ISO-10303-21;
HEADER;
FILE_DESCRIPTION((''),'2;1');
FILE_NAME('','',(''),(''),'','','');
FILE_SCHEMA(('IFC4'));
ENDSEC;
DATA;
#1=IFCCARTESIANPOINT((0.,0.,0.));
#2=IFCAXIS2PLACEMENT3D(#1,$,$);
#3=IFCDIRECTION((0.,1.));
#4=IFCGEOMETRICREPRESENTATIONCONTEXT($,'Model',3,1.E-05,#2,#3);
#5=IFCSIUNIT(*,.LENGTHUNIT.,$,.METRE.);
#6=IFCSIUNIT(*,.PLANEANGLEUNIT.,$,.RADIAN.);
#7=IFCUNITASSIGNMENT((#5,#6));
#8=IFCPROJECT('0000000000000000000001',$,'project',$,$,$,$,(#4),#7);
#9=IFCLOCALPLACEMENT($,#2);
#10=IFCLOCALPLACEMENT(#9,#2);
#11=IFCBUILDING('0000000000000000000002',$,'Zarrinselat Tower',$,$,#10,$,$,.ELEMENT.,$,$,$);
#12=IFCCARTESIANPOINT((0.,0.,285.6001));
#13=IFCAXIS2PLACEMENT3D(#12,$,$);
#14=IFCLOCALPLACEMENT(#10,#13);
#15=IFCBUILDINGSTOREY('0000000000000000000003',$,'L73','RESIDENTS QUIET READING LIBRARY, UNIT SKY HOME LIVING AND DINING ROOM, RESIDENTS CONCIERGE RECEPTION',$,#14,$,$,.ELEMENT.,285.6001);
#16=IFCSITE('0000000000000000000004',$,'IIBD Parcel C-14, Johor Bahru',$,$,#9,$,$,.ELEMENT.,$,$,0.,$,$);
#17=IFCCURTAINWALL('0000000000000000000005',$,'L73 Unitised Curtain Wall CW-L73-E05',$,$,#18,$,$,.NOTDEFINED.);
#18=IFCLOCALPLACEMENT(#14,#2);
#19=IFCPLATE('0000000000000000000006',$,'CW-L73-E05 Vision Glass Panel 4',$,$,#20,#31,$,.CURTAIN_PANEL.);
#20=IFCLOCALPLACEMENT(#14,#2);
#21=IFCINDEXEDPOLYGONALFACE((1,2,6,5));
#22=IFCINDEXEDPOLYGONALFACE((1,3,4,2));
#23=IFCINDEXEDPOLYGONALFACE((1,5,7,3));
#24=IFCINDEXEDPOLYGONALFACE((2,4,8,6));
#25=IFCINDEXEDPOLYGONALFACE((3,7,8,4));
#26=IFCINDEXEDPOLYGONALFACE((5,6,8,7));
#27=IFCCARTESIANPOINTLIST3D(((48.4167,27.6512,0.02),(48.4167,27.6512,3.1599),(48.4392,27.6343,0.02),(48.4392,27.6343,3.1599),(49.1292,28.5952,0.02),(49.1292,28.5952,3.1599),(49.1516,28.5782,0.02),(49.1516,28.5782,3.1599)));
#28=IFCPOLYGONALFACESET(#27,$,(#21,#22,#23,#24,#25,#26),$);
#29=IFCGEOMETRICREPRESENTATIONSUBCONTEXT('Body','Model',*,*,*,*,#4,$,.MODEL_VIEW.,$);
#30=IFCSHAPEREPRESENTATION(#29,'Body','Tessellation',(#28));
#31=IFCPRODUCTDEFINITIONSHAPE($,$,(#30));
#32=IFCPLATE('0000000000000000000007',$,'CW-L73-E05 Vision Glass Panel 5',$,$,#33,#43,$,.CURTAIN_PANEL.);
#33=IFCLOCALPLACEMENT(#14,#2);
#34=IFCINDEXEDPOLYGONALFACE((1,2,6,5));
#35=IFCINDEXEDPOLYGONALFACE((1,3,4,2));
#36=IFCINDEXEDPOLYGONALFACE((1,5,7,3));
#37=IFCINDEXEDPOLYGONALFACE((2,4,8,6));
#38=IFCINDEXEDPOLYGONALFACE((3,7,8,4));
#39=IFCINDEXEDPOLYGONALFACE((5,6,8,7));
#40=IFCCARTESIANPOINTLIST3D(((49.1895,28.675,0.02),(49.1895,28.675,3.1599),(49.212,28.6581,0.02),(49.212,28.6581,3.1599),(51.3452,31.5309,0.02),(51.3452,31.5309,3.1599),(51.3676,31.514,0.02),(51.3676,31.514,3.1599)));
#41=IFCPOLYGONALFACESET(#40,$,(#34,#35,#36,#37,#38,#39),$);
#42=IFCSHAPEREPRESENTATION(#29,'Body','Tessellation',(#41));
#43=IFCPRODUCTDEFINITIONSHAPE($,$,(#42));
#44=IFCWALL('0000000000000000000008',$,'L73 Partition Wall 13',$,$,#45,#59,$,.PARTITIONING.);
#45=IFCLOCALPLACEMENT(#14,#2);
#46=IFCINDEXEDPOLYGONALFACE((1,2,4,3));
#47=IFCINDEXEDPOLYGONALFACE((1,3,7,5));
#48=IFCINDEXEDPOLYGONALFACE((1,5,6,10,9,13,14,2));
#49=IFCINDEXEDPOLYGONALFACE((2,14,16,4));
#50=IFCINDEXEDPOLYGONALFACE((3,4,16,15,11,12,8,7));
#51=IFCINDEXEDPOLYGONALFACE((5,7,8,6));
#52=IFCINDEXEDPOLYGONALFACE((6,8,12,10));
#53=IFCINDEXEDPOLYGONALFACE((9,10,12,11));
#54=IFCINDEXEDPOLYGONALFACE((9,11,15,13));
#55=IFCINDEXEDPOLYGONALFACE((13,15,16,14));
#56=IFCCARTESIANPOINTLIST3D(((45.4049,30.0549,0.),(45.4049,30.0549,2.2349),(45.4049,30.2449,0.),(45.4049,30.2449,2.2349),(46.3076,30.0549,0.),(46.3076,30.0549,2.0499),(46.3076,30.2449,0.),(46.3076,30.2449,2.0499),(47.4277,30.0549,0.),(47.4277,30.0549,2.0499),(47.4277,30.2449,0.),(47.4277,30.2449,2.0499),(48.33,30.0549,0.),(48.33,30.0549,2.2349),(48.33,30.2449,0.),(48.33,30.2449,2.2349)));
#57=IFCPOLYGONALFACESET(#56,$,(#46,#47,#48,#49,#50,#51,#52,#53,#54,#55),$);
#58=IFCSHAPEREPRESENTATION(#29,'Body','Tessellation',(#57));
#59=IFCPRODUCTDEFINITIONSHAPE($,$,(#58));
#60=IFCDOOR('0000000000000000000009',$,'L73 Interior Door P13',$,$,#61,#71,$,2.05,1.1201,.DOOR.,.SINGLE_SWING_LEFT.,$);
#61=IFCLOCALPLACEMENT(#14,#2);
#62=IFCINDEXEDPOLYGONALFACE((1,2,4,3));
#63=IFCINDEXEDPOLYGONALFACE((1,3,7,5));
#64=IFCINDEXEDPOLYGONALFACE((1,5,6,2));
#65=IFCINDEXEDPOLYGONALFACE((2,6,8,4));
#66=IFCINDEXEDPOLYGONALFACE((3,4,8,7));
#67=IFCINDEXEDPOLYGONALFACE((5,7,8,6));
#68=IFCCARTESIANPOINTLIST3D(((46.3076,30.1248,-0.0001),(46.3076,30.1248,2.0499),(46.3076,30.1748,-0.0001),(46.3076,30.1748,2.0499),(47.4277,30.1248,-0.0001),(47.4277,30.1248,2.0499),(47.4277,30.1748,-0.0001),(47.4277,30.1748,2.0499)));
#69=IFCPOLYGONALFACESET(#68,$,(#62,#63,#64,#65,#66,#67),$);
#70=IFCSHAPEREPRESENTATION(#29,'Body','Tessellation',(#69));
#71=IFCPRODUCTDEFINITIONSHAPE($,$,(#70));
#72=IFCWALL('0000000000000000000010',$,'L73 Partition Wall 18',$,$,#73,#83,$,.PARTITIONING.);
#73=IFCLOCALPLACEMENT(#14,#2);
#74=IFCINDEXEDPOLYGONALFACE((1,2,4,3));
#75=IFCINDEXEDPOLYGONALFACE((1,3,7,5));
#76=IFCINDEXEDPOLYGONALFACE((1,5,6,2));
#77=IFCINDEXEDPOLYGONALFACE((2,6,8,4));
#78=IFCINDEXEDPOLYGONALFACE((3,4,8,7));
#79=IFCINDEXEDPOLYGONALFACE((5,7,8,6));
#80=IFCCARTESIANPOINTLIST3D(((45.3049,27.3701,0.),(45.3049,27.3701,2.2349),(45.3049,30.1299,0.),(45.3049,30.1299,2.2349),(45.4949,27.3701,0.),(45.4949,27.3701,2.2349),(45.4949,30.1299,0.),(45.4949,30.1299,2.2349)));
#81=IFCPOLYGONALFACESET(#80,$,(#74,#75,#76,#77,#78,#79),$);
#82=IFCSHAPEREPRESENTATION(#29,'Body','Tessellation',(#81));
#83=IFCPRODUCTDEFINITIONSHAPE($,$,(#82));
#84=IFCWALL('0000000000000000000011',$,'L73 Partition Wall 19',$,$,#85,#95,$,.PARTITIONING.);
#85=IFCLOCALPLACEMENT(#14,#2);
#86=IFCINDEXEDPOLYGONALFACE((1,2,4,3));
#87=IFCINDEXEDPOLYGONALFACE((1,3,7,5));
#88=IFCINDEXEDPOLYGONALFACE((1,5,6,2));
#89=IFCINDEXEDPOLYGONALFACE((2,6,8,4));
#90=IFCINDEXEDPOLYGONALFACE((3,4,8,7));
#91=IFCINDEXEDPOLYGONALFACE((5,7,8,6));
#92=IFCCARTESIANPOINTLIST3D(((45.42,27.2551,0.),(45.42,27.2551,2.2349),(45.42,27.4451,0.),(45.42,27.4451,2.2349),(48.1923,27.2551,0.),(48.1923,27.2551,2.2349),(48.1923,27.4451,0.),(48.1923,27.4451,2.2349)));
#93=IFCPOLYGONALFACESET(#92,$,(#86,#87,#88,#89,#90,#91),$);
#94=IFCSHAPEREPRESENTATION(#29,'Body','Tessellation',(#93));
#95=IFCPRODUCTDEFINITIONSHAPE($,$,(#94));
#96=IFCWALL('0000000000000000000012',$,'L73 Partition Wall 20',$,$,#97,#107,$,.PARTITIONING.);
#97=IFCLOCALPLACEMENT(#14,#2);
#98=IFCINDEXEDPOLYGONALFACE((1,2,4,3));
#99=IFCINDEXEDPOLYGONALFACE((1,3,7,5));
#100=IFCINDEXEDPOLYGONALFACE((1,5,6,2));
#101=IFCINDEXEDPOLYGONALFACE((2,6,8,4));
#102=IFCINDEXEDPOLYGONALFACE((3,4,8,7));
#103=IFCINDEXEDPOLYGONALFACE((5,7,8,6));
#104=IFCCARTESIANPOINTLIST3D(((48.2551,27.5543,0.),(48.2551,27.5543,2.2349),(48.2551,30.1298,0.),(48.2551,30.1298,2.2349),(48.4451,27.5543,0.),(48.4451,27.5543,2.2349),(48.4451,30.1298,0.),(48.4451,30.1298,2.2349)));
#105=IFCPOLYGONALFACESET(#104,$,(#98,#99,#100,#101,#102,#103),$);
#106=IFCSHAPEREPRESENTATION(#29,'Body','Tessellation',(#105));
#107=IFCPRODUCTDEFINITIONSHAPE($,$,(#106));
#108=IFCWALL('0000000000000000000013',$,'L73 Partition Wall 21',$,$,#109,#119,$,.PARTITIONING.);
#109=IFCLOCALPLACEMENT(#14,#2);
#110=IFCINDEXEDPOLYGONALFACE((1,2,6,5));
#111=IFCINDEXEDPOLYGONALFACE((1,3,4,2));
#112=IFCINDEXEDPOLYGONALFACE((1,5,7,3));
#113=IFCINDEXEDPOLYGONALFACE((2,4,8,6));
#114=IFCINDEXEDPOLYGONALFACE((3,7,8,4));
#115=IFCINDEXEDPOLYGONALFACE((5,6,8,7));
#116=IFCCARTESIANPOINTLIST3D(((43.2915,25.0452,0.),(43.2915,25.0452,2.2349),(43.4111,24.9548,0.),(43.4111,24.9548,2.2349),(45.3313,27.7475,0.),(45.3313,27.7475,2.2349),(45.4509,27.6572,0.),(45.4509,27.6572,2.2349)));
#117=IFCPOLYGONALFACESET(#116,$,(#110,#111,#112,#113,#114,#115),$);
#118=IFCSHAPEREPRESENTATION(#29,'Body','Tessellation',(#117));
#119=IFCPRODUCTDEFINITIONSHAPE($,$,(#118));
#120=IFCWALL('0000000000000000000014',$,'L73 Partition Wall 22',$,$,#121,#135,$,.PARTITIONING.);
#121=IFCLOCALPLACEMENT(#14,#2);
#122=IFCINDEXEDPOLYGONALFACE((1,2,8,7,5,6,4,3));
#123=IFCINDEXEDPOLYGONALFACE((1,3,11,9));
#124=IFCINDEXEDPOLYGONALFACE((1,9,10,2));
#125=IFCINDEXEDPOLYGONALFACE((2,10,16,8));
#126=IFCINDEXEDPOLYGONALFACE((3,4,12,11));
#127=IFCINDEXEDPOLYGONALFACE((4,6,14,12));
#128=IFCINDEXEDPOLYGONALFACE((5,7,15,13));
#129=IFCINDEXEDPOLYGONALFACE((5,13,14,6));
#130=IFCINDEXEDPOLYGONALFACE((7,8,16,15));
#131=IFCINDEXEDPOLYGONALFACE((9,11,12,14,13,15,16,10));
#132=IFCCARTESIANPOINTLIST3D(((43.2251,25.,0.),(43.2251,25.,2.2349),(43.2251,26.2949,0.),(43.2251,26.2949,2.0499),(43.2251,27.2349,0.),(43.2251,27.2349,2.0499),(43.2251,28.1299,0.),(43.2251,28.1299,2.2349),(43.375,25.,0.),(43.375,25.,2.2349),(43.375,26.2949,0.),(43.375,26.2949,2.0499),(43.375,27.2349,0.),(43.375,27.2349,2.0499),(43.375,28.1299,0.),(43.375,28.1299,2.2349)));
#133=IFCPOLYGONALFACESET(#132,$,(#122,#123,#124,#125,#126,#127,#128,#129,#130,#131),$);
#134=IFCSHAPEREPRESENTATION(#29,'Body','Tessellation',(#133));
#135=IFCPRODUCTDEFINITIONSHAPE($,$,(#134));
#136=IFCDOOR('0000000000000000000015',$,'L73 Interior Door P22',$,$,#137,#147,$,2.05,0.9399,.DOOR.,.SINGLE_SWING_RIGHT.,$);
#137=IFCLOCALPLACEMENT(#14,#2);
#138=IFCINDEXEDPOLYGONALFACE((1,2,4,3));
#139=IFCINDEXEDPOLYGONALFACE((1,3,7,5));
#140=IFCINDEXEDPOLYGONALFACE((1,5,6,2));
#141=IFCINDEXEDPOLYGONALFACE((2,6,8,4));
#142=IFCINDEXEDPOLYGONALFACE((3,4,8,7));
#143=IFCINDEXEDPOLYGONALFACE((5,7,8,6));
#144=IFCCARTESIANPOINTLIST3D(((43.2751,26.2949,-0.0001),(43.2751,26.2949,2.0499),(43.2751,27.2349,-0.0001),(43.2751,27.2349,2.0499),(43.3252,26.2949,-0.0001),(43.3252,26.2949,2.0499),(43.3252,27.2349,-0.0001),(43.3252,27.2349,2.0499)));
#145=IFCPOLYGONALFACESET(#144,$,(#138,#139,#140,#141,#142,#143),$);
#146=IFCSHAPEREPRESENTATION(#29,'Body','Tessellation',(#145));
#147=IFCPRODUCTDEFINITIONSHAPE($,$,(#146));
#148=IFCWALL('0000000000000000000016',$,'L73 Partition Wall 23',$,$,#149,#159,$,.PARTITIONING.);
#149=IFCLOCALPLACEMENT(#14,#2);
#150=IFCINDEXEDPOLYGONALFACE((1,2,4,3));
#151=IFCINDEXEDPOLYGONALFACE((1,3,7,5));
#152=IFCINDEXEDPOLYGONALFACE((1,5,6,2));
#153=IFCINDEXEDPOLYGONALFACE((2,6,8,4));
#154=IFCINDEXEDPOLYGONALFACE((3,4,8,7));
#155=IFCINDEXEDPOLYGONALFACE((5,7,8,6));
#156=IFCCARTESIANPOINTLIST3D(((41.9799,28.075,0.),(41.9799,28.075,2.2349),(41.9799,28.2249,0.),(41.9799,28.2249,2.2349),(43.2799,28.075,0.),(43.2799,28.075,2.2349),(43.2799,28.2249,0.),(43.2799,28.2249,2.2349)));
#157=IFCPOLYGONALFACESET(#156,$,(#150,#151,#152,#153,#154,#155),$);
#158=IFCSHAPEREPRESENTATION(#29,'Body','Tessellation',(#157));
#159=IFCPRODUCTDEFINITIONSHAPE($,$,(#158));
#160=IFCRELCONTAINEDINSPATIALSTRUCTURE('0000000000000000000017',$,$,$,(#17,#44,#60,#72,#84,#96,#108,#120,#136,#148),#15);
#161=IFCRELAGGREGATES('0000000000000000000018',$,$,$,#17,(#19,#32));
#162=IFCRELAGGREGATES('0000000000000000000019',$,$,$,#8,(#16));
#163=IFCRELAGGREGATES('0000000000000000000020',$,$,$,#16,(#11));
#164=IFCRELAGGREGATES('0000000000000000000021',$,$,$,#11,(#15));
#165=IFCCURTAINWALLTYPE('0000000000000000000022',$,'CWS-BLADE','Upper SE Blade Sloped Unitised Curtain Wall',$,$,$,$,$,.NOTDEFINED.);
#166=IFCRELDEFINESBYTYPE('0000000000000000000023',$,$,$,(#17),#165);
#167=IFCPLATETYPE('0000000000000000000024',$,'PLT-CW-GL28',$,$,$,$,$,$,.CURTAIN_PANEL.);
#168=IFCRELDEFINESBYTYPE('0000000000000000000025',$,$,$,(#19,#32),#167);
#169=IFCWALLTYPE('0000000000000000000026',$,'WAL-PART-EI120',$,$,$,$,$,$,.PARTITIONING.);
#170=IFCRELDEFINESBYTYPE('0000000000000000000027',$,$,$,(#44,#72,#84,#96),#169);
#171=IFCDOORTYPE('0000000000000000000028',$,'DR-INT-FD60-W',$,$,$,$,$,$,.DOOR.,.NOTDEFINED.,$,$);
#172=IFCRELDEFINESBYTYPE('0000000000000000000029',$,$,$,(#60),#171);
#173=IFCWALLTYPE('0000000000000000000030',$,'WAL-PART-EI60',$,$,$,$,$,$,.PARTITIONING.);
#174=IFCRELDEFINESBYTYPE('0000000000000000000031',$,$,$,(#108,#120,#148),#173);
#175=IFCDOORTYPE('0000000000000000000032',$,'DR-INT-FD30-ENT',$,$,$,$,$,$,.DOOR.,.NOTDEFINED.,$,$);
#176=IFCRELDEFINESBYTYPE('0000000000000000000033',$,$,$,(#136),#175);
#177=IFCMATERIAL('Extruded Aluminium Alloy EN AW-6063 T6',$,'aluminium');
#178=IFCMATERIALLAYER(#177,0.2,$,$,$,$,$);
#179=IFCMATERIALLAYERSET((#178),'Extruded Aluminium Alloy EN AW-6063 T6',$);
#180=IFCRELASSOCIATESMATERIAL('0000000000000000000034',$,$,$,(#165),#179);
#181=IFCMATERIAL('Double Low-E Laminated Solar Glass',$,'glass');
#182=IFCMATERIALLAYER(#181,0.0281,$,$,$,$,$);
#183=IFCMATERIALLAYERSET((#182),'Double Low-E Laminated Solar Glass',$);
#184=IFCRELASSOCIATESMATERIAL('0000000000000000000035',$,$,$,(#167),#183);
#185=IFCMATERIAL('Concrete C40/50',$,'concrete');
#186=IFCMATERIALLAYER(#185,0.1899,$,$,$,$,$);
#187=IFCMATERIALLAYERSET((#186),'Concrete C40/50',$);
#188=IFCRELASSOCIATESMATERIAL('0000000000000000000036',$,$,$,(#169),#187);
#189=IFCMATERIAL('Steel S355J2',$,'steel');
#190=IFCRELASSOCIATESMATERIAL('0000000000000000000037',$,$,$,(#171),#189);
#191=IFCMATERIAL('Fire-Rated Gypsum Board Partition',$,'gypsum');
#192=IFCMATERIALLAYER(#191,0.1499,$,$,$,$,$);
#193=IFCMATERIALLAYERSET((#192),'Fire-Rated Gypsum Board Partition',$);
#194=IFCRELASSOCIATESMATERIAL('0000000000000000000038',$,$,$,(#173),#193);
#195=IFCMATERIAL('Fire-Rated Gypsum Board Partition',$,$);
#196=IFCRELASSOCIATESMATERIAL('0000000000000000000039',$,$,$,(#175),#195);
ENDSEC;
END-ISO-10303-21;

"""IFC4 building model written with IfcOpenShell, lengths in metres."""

from ifc_helpers import new_model, si_unit, direction, frame, frame_2d, origin, origin_2d, place, context, subcontext, project, spatial, rectangle, extrude, material, layer, layer_set, type_object, element, fill, aggregate, save


model = new_model("IFC4")

# Units and contexts
model_context = context("Model", 3, precision=1e-05, world=origin(), true_north=direction((0.0, 1.0)))
body_context = subcontext(model_context, "Body", "Model", "MODEL_VIEW")
ifc_project = project(units=[si_unit("LENGTHUNIT", "METRE"), si_unit("PLANEANGLEUNIT", "RADIAN")], contexts=[model_context])

# Site, building, storey
site_placement = place(None, origin())
site = spatial("IfcSite", under=ifc_project, at=site_placement, Name="IIBD Parcel C-14, Johor Bahru", CompositionType="ELEMENT", RefElevation=0.0)
building_placement = place(site_placement, origin())
building = spatial("IfcBuilding", under=site, at=building_placement, Name="Zarrinselat Tower", CompositionType="ELEMENT")
storey_placement = place(building_placement, frame((0.0, 0.0, 285.6001)))
storey = spatial("IfcBuildingStorey", under=building, at=storey_placement, Name="L73", Description="RESIDENTS QUIET READING LIBRARY, UNIT SKY HOME LIVING AND DINING ROOM, RESIDENTS CONCIERGE RECEPTION", CompositionType="ELEMENT", Elevation=285.6001)

# Curtain wall
ifc_material_1 = material(Name="Extruded Aluminium Alloy EN AW-6063 T6", Category="aluminium")
ifc_layer_1 = layer(ifc_material_1, 0.2)
ifc_layer_set_1 = layer_set([ifc_layer_1], Name="Extruded Aluminium Alloy EN AW-6063 T6")
curtain_wall_type_1 = type_object("IfcCurtainWallType", Name="CWS-BLADE", Description="Upper SE Blade Sloped Unitised Curtain Wall", PredefinedType="NOTDEFINED", material=ifc_layer_set_1)
curtain_wall_1_placement = place(storey_placement, origin())
curtain_wall_1 = element("IfcCurtainWall", 1, at=curtain_wall_1_placement, inside=storey, type_object=curtain_wall_type_1, Name="L73 Unitised Curtain Wall CW-L73-E05", PredefinedType="NOTDEFINED")

# Plates
ifc_material_2 = material(Name="Double Low-E Laminated Solar Glass", Category="glass")
ifc_layer_2 = layer(ifc_material_2, 0.0281)
ifc_layer_set_2 = layer_set([ifc_layer_2], Name="Double Low-E Laminated Solar Glass")
plate_type = type_object("IfcPlateType", Name="PLT-CW-GL28", PredefinedType="CURTAIN_PANEL", material=ifc_layer_set_2)
plate_1_placement = place(storey_placement, frame((48.7842, 28.1147, 0.02), z_axis=(0.0, 0.0, 1.0), x_axis=(0.602445, 0.79816, 0.0)))
plate_1 = element("IfcPlate", 2, at=plate_1_placement, type_object=plate_type, Name="CW-L73-E05 Vision Glass Panel 4", PredefinedType="CURTAIN_PANEL", context=body_context, shape_type="SweptSolid", body=[
    extrude(rectangle(XDim=1.1826, YDim=0.0281, at=origin_2d()), origin(), (0.0, 0.0, 1.0), 3.1399),
])
plate_2_placement = place(storey_placement, frame((50.2786, 30.0945, 0.02), z_axis=(0.0, 0.0, 1.0), x_axis=(0.602445, 0.79816, 0.0)))
plate_2 = element("IfcPlate", 3, at=plate_2_placement, type_object=plate_type, Name="CW-L73-E05 Vision Glass Panel 5", PredefinedType="CURTAIN_PANEL", context=body_context, shape_type="SweptSolid", body=[
    extrude(rectangle(XDim=3.5781, YDim=0.0281, at=origin_2d()), origin(), (0.0, 0.0, 1.0), 3.1399),
])
aggregate(curtain_wall_1, [plate_1, plate_2])

# Wall, opening, door
ifc_material_3 = material(Name="Concrete C40/50", Category="concrete")
ifc_layer_3 = layer(ifc_material_3, 0.1899)
ifc_layer_set_3 = layer_set([ifc_layer_3], Name="Concrete C40/50")
wall_type_1 = type_object("IfcWallType", Name="WAL-PART-EI120", PredefinedType="PARTITIONING", material=ifc_layer_set_3)
wall_1_placement = place(storey_placement, frame((45.405, 30.1499, 0.0), z_axis=(0.0, 0.0, 1.0), x_axis=(1.0, 0.0, 0.0)))
wall_1 = element("IfcWall", 4, at=wall_1_placement, inside=storey, type_object=wall_type_1, Name="L73 Partition Wall 13", PredefinedType="PARTITIONING", context=body_context, shape_type="SweptSolid", body=[
    extrude(rectangle(XDim=2.925, YDim=0.1899, at=frame_2d((1.4624, 0.0))), origin(), (0.0, 0.0, 1.0), 2.2349),
])
opening_1_placement = place(wall_1_placement, frame((0.9026, 0.0, 0.0)))
opening_1 = element("IfcOpeningElement", 5, at=opening_1_placement, cuts=wall_1, PredefinedType="OPENING", context=body_context, shape_type="SweptSolid", body=[
    extrude(rectangle(XDim=1.1201, YDim=2.05, at=frame_2d((0.5601, 1.0249))), frame((0.0, 0.105, 0.0), z_axis=(0.0, -1.0, 0.0), x_axis=(1.0, 0.0, 0.0)), (0.0, 0.0, 1.0), 0.21),
])
ifc_material_4 = material(Name="Steel S355J2", Category="steel")
door_type_1 = type_object("IfcDoorType", Name="DR-INT-FD60-W", OperationType="NOTDEFINED", PredefinedType="DOOR", material=ifc_material_4)
door_1_placement = place(opening_1_placement, origin())
door_1 = element("IfcDoor", 6, at=door_1_placement, inside=storey, type_object=door_type_1, Name="L73 Interior Door P13", OperationType="SINGLE_SWING_LEFT", OverallHeight=2.05, OverallWidth=1.1201, PredefinedType="DOOR", context=body_context, shape_type="SweptSolid", body=[
    extrude(rectangle(XDim=1.1201, YDim=2.05, at=frame_2d((0.5601, 1.0249))), frame((0.0, 0.0249, 0.0), z_axis=(0.0, -1.0, 0.0), x_axis=(1.0, 0.0, 0.0)), (0.0, 0.0, 1.0), 0.05),
])
fill(opening_1, door_1)

# Walls
wall_2_placement = place(storey_placement, frame((45.3999, 27.3701, 0.0), z_axis=(0.0, 0.0, 1.0), x_axis=(0.0, 1.0, 0.0)))
element("IfcWall", 7, at=wall_2_placement, inside=storey, type_object=wall_type_1, Name="L73 Partition Wall 18", PredefinedType="PARTITIONING", context=body_context, shape_type="SweptSolid", body=[
    extrude(rectangle(XDim=2.7598, YDim=0.1899, at=frame_2d((1.3799, 0.0))), origin(), (0.0, 0.0, 1.0), 2.2349),
])
wall_3_placement = place(storey_placement, frame((45.4199, 27.3501, 0.0), z_axis=(0.0, 0.0, 1.0), x_axis=(1.0, 0.0, 0.0)))
element("IfcWall", 8, at=wall_3_placement, inside=storey, type_object=wall_type_1, Name="L73 Partition Wall 19", PredefinedType="PARTITIONING", context=body_context, shape_type="SweptSolid", body=[
    extrude(rectangle(XDim=2.7722, YDim=0.1899, at=frame_2d((1.3862, 0.0))), origin(), (0.0, 0.0, 1.0), 2.2349),
])
wall_4_placement = place(storey_placement, frame((48.3501, 27.5544, 0.0), z_axis=(0.0, 0.0, 1.0), x_axis=(0.0, 1.0, 0.0)))
element("IfcWall", 9, at=wall_4_placement, inside=storey, type_object=wall_type_1, Name="L73 Partition Wall 20", PredefinedType="PARTITIONING", context=body_context, shape_type="SweptSolid", body=[
    extrude(rectangle(XDim=2.5754, YDim=0.1899, at=frame_2d((1.2876, 0.0))), origin(), (0.0, 0.0, 1.0), 2.2349),
])
ifc_material_5 = material(Name="Fire-Rated Gypsum Board Partition", Category="gypsum")
ifc_layer_4 = layer(ifc_material_5, 0.1499)
ifc_layer_set_4 = layer_set([ifc_layer_4], Name="Fire-Rated Gypsum Board Partition")
wall_type_2 = type_object("IfcWallType", Name="WAL-PART-EI60", PredefinedType="PARTITIONING", material=ifc_layer_set_4)
wall_5_placement = place(storey_placement, frame((43.3513, 25.0, 0.0), z_axis=(0.0, 0.0, 1.0), x_axis=(0.602455, 0.798153, 0.0)))
element("IfcWall", 10, at=wall_5_placement, inside=storey, type_object=wall_type_2, Name="L73 Partition Wall 21", PredefinedType="PARTITIONING", context=body_context, shape_type="SweptSolid", body=[
    extrude(rectangle(XDim=3.3857, YDim=0.1499, at=frame_2d((1.6929, 0.0))), origin(), (0.0, 0.0, 1.0), 2.2349),
])

# Wall, opening, door
wall_6_placement = place(storey_placement, frame((43.3, 25.0, 0.0), z_axis=(0.0, 0.0, 1.0), x_axis=(0.0, 1.0, 0.0)))
wall_6 = element("IfcWall", 11, at=wall_6_placement, inside=storey, type_object=wall_type_2, Name="L73 Partition Wall 22", PredefinedType="PARTITIONING", context=body_context, shape_type="SweptSolid", body=[
    extrude(rectangle(XDim=3.1299, YDim=0.1499, at=frame_2d((1.5649, 0.0))), origin(), (0.0, 0.0, 1.0), 2.2349),
])
opening_2_placement = place(wall_6_placement, frame((1.2949, 0.0, 0.0)))
opening_2 = element("IfcOpeningElement", 12, at=opening_2_placement, cuts=wall_6, PredefinedType="OPENING", context=body_context, shape_type="SweptSolid", body=[
    extrude(rectangle(XDim=0.9399, YDim=2.05, at=frame_2d((0.47, 1.0249))), frame((0.0, 0.085, 0.0), z_axis=(0.0, -1.0, 0.0), x_axis=(1.0, 0.0, 0.0)), (0.0, 0.0, 1.0), 0.1699),
])
ifc_material_6 = material(Name="Fire-Rated Gypsum Board Partition")
door_type_2 = type_object("IfcDoorType", Name="DR-INT-FD30-ENT", OperationType="NOTDEFINED", PredefinedType="DOOR", material=ifc_material_6)
door_2_placement = place(opening_2_placement, origin())
door_2 = element("IfcDoor", 13, at=door_2_placement, inside=storey, type_object=door_type_2, Name="L73 Interior Door P22", OperationType="SINGLE_SWING_RIGHT", OverallHeight=2.05, OverallWidth=0.9399, PredefinedType="DOOR", context=body_context, shape_type="SweptSolid", body=[
    extrude(rectangle(XDim=0.9399, YDim=2.05, at=frame_2d((0.47, 1.0249))), frame((0.0, 0.0249, 0.0), z_axis=(0.0, -1.0, 0.0), x_axis=(1.0, 0.0, 0.0)), (0.0, 0.0, 1.0), 0.05),
])
fill(opening_2, door_2)

# Wall
wall_7_placement = place(storey_placement, frame((41.98, 28.1499, 0.0), z_axis=(0.0, 0.0, 1.0), x_axis=(1.0, 0.0, 0.0)))
element("IfcWall", 14, at=wall_7_placement, inside=storey, type_object=wall_type_2, Name="L73 Partition Wall 23", PredefinedType="PARTITIONING", context=body_context, shape_type="SweptSolid", body=[
    extrude(rectangle(XDim=1.3, YDim=0.1499, at=frame_2d((0.6499, 0.0))), origin(), (0.0, 0.0, 1.0), 2.2349),
])

save(model, "model.ifc")
